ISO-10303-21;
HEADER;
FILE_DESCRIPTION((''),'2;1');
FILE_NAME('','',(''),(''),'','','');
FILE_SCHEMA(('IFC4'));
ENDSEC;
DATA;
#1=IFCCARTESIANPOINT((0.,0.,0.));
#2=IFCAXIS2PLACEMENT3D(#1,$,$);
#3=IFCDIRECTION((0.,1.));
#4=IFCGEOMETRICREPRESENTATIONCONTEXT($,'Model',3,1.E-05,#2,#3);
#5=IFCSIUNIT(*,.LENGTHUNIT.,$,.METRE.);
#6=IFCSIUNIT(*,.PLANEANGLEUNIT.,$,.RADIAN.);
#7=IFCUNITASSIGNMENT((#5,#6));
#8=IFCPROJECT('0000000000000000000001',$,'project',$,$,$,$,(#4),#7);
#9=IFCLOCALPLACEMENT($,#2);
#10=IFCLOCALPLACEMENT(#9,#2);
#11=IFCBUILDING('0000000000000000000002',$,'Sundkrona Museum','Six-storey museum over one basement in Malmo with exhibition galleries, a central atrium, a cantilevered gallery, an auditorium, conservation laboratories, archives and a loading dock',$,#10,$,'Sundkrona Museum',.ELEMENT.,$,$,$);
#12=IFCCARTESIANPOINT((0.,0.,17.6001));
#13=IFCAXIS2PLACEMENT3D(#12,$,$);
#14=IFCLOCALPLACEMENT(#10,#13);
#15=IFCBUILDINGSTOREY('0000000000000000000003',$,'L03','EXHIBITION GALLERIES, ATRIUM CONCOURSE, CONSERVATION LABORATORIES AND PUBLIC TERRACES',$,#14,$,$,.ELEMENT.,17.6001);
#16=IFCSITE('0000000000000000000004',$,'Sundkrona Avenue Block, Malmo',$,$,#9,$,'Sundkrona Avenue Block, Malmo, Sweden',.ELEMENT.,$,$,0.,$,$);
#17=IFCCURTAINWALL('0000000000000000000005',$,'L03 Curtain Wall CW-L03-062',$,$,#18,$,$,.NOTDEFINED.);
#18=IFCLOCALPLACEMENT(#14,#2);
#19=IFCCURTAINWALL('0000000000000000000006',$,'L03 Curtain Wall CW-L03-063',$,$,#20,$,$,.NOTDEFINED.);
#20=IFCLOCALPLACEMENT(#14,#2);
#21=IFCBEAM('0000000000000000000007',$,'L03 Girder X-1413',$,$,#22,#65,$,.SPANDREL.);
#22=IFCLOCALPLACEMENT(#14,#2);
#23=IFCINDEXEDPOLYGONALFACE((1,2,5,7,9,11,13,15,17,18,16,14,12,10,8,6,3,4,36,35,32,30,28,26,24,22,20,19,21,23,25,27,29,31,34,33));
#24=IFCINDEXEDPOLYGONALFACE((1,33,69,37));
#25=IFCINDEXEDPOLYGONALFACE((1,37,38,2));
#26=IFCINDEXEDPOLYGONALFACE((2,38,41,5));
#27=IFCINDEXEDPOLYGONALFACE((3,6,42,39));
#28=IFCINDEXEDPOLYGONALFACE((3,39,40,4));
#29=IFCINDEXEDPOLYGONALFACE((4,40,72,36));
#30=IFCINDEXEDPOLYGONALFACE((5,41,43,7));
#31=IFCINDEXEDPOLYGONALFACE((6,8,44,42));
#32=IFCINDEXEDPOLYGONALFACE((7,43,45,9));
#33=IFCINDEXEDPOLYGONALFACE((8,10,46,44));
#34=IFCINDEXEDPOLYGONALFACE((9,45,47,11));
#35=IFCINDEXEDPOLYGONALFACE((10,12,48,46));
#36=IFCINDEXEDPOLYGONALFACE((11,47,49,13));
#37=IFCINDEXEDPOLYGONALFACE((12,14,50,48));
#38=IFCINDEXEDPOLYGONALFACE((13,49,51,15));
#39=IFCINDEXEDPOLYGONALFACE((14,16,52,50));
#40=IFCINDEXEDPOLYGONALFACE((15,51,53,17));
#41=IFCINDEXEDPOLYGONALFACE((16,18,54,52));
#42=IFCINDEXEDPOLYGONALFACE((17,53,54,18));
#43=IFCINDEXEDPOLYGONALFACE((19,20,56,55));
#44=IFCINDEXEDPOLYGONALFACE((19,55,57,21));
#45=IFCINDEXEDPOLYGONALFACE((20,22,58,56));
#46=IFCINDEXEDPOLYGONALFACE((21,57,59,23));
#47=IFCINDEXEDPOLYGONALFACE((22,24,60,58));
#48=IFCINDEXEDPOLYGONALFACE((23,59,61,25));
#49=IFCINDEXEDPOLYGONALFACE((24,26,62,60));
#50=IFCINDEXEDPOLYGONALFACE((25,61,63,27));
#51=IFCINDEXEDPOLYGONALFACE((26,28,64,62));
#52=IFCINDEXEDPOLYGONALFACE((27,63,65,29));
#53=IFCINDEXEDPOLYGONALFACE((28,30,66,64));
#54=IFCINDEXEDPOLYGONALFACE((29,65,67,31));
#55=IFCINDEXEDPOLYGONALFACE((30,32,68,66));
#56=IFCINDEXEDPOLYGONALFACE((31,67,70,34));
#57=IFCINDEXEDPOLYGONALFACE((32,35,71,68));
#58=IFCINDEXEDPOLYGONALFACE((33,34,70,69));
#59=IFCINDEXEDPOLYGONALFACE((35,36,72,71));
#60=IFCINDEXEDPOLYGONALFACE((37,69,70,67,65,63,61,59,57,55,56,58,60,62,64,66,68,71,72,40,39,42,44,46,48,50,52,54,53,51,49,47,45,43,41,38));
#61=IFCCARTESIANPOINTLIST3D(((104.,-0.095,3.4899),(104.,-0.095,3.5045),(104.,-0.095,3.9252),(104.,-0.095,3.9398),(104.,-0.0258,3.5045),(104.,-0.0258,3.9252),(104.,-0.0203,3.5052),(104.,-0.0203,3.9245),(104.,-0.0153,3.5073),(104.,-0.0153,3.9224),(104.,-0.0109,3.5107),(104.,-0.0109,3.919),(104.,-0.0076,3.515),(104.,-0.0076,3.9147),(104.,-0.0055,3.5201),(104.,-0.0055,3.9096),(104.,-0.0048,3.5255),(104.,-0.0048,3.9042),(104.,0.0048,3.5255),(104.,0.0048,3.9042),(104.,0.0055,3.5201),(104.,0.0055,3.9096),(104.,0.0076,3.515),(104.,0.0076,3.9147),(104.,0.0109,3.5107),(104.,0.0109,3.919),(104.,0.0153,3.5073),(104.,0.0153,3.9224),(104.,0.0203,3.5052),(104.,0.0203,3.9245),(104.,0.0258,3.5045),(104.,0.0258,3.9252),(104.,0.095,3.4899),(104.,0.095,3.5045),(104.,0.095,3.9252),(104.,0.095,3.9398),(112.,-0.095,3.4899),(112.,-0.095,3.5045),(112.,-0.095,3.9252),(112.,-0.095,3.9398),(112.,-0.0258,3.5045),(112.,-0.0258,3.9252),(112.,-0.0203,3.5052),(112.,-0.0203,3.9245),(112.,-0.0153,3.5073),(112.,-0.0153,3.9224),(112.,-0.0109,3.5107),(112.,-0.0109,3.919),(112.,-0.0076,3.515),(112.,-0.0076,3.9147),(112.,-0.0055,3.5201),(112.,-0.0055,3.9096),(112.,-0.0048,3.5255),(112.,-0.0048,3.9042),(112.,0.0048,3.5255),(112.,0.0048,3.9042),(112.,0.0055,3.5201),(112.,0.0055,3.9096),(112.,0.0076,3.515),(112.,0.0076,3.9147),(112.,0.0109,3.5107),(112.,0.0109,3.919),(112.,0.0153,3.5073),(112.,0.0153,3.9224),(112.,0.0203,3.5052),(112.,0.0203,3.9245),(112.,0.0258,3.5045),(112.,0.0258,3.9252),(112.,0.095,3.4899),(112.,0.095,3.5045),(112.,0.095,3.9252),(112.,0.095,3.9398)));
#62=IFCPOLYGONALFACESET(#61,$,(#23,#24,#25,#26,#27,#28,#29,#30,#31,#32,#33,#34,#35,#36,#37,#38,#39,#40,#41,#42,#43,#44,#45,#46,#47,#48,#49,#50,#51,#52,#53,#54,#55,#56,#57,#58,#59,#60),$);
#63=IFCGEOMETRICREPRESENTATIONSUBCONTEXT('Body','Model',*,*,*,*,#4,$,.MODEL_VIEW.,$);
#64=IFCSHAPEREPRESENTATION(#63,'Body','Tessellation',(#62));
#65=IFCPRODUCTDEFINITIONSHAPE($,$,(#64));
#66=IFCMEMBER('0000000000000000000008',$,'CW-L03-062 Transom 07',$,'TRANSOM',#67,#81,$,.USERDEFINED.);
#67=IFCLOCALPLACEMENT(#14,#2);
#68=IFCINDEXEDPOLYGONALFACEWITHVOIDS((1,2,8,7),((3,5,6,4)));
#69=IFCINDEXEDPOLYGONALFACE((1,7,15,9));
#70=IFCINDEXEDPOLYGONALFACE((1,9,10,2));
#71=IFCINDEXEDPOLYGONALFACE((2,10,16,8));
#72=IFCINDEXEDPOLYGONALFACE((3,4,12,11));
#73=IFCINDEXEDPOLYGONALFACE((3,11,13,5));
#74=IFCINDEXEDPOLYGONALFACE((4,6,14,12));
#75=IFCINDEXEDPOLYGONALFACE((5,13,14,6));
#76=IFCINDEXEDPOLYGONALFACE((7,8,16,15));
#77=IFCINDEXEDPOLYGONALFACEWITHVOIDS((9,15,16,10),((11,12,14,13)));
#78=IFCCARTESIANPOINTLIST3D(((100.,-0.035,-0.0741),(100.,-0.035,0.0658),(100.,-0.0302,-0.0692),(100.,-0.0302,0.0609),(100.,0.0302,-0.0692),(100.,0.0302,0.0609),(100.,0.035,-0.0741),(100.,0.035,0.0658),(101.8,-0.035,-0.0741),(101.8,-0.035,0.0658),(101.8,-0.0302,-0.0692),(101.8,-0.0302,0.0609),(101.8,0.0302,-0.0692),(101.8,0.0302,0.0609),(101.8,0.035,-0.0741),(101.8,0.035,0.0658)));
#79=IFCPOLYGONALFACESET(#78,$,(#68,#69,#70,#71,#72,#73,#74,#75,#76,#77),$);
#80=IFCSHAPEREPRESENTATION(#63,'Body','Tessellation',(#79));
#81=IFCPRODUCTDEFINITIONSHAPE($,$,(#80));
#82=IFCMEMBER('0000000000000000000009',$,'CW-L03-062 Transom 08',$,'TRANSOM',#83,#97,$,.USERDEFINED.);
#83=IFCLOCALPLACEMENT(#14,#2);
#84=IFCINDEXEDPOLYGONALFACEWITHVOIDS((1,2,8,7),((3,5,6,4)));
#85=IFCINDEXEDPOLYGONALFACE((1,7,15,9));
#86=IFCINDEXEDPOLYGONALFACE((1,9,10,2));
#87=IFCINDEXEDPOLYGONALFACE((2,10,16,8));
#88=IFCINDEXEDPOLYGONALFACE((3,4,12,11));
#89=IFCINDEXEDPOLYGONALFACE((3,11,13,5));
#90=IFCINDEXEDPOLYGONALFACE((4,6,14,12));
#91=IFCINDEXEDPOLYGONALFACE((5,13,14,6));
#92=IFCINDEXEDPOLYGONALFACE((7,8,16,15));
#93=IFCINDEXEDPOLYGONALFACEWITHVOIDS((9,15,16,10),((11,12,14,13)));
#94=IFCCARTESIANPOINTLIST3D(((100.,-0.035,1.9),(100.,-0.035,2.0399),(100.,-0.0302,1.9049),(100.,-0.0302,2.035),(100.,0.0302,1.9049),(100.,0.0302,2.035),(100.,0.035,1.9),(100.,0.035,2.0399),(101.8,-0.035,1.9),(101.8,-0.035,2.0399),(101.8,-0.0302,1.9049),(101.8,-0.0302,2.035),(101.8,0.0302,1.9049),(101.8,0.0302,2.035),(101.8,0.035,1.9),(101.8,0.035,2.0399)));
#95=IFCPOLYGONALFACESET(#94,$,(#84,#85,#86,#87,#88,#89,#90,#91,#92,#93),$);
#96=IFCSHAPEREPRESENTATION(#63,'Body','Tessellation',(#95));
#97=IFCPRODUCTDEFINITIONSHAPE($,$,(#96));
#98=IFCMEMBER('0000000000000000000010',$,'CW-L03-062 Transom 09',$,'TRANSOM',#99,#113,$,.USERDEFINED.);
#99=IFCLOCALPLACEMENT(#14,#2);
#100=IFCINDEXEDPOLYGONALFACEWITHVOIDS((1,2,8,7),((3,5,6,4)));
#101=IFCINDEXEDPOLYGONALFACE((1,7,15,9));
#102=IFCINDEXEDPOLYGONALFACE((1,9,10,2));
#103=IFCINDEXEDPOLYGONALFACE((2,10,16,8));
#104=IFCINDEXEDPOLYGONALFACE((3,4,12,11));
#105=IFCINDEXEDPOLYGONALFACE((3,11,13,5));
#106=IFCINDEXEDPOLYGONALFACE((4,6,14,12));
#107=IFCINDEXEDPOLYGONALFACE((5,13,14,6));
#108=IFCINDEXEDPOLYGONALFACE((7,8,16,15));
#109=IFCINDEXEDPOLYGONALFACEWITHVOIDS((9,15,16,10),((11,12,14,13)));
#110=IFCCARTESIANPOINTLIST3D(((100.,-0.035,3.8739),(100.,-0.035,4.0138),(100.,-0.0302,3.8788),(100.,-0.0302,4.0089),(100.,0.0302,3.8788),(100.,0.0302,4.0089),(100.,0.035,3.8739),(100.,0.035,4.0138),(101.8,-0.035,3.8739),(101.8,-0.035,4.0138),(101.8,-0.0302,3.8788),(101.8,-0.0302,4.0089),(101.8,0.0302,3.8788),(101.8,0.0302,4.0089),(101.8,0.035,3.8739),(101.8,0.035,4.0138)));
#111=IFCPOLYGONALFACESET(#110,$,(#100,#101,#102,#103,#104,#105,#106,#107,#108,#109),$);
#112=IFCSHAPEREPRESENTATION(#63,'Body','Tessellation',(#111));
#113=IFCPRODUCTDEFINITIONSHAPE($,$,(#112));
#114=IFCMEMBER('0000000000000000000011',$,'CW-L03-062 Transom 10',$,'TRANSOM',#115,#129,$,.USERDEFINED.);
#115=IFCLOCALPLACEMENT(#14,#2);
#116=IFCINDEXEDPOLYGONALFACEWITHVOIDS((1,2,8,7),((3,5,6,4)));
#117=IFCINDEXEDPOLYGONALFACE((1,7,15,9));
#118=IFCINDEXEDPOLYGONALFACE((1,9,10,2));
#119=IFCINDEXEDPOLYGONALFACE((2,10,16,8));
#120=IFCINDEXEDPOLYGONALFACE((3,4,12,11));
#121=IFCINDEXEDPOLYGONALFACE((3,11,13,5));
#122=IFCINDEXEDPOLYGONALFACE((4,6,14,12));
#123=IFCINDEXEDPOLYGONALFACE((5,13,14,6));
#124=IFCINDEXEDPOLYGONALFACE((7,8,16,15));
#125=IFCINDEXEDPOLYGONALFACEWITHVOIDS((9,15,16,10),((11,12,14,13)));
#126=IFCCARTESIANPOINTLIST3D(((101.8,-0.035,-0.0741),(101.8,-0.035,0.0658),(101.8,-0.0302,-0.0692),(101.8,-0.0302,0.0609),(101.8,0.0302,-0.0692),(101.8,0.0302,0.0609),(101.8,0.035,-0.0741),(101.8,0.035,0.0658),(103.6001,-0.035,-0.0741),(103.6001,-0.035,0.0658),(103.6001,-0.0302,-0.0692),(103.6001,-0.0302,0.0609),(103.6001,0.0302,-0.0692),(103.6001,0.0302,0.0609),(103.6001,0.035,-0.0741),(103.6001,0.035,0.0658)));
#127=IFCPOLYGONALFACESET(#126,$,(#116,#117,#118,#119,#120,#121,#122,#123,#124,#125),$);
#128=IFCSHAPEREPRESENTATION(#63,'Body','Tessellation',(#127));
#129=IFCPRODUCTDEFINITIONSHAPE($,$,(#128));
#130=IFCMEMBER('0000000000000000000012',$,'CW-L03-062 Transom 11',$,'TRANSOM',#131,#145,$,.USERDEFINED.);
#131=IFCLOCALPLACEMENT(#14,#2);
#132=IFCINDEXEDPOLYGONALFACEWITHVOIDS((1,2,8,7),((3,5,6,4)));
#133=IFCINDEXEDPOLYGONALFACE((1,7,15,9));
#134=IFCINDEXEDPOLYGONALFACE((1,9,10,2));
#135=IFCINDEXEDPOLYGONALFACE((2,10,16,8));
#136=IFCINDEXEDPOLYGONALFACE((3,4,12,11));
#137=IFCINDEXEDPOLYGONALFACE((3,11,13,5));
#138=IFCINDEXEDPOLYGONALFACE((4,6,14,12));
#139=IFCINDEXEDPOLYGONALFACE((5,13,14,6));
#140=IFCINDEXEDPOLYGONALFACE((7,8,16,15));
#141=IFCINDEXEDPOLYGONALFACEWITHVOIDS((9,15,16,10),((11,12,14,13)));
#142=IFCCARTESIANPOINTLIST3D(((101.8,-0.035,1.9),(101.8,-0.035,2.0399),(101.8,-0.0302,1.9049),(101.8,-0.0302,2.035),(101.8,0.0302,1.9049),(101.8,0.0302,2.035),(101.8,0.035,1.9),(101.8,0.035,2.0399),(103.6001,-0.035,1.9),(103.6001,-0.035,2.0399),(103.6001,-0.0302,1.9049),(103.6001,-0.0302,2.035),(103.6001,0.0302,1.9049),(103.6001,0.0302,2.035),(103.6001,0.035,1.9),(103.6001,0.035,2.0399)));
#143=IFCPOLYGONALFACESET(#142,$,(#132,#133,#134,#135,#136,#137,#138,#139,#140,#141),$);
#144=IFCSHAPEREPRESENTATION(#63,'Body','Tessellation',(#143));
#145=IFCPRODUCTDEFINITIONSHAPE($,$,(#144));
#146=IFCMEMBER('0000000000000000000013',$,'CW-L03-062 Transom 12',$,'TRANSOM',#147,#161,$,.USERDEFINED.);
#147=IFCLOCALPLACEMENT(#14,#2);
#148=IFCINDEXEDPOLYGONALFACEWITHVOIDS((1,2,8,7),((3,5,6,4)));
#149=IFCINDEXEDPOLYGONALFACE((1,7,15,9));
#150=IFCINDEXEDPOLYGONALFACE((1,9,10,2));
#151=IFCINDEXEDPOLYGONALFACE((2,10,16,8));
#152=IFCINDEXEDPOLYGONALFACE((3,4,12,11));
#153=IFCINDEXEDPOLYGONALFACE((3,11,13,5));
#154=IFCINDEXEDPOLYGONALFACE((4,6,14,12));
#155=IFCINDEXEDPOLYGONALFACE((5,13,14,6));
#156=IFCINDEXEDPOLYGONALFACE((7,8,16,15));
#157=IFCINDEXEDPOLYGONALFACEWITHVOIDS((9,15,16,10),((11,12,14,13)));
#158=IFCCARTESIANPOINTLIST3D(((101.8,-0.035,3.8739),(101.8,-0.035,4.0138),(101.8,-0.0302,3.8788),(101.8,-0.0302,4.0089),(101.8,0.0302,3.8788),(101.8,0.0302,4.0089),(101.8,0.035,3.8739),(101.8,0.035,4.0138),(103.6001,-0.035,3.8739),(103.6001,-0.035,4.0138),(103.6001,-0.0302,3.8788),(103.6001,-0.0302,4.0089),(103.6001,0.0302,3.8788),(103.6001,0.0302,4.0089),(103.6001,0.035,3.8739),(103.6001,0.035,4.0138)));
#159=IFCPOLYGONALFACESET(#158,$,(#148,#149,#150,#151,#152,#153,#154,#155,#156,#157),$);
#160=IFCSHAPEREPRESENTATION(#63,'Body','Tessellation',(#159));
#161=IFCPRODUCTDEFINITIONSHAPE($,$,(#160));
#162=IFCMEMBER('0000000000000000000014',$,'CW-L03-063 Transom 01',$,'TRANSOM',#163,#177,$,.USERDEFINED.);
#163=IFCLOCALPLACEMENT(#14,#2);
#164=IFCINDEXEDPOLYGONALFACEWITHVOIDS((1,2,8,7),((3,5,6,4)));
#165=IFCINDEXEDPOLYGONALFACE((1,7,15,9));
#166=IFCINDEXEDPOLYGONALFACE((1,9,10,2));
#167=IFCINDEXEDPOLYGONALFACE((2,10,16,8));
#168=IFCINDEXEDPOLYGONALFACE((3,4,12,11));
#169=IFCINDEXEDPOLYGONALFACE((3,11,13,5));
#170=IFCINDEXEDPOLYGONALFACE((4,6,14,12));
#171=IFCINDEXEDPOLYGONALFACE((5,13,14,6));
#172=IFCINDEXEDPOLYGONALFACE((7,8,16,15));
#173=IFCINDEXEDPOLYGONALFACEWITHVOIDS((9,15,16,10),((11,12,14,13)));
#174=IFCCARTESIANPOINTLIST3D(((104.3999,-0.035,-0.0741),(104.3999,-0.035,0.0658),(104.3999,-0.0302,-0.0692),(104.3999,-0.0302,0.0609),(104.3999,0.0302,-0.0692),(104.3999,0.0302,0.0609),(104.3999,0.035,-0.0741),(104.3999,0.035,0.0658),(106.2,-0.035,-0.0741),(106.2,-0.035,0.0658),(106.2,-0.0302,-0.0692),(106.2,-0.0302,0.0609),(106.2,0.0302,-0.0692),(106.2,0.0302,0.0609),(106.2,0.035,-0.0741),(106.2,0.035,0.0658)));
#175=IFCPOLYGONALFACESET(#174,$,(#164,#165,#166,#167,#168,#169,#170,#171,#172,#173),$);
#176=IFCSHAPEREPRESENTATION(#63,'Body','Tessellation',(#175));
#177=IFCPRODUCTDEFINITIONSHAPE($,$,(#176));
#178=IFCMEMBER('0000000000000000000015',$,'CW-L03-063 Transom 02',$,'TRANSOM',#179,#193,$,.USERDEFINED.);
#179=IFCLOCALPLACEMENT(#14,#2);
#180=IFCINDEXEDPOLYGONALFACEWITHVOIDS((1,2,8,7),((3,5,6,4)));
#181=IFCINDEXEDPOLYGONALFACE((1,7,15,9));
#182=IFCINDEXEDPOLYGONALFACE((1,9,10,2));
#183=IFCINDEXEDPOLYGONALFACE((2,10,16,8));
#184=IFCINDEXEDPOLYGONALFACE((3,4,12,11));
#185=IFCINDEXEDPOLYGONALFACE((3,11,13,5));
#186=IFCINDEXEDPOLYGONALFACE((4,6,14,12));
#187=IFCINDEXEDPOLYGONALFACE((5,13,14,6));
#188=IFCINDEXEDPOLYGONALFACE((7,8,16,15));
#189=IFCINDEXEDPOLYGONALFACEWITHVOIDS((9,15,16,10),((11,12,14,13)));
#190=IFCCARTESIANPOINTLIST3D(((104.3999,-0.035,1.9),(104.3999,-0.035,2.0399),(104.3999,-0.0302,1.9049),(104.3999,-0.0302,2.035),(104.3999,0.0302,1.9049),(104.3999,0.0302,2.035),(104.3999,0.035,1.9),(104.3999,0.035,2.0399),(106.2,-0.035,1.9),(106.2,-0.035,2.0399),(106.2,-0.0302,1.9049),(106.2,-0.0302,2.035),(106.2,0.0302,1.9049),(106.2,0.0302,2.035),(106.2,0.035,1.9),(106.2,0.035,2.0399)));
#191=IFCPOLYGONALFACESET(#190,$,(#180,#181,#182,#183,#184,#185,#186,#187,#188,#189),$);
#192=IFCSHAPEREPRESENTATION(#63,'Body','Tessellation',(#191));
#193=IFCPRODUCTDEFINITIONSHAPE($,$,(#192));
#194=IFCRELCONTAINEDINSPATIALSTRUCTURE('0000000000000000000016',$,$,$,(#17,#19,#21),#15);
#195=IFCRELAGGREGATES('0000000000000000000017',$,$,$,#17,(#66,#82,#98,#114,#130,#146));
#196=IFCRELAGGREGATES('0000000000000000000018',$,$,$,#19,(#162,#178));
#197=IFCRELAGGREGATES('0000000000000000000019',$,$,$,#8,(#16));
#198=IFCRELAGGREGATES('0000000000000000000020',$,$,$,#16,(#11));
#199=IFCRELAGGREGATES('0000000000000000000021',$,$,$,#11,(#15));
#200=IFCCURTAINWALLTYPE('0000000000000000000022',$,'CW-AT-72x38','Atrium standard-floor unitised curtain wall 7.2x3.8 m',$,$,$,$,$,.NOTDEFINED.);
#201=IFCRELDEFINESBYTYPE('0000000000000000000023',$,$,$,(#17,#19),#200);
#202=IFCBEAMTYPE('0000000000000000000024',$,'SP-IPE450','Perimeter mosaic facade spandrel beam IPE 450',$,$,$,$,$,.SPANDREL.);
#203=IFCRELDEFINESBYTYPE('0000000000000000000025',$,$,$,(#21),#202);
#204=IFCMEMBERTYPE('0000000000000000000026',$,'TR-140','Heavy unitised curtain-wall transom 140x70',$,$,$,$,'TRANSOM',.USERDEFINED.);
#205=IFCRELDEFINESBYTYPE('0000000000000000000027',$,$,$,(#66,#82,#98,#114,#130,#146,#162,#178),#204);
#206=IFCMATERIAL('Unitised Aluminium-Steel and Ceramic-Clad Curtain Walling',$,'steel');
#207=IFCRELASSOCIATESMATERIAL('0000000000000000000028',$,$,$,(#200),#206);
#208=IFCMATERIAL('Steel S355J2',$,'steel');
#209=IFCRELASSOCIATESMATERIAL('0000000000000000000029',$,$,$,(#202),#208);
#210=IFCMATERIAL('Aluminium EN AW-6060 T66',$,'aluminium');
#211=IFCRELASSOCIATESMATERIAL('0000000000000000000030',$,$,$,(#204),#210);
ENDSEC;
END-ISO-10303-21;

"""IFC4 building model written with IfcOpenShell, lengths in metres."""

from ifc_helpers import new_model, si_unit, direction, frame, origin, origin_2d, place, context, subcontext, project, spatial, hollow_rectangle, i_section, extrude, material, material_profile, profile_set, type_object, element, aggregate, save


model = new_model("IFC4")

# Units and contexts
model_context = context("Model", 3, precision=1e-05, world=origin(), true_north=direction((0.0, 1.0)))
body_context = subcontext(model_context, "Body", "Model", "MODEL_VIEW")
ifc_project = project(units=[si_unit("LENGTHUNIT", "METRE"), si_unit("PLANEANGLEUNIT", "RADIAN")], contexts=[model_context])

# Site, building, storey
site_placement = place(None, origin())
site = spatial("IfcSite", under=ifc_project, at=site_placement, Name="Sundkrona Avenue Block, Malmo", LongName="Sundkrona Avenue Block, Malmo, Sweden", CompositionType="ELEMENT", RefElevation=0.0)
building_placement = place(site_placement, origin())
building = spatial("IfcBuilding", under=site, at=building_placement, Name="Sundkrona Museum", Description="Six-storey museum over one basement in Malmo with exhibition galleries, a central atrium, a cantilevered gallery, an auditorium, conservation laboratories, archives and a loading dock", LongName="Sundkrona Museum", CompositionType="ELEMENT")
storey_placement = place(building_placement, frame((0.0, 0.0, 17.6001)))
storey = spatial("IfcBuildingStorey", under=building, at=storey_placement, Name="L03", Description="EXHIBITION GALLERIES, ATRIUM CONCOURSE, CONSERVATION LABORATORIES AND PUBLIC TERRACES", CompositionType="ELEMENT", Elevation=17.6001)

# Shared definitions
ifc_material_1 = material(Name="Steel S355J2", Category="steel")

# Curtain walls
ifc_material_2 = material(Name="Unitised Aluminium-Steel and Ceramic-Clad Curtain Walling", Category="steel")
curtain_wall_type = type_object("IfcCurtainWallType", Name="CW-AT-72x38", Description="Atrium standard-floor unitised curtain wall 7.2x3.8 m", PredefinedType="NOTDEFINED", material=ifc_material_2)
curtain_wall_1_placement = place(storey_placement, origin())
curtain_wall_1 = element("IfcCurtainWall", 1, at=curtain_wall_1_placement, inside=storey, type_object=curtain_wall_type, Name="L03 Curtain Wall CW-L03-062", PredefinedType="NOTDEFINED")
ifc_material_3 = material(Name="Aluminium EN AW-6060 T66", Category="aluminium")
curtain_wall_2_placement = place(storey_placement, origin())
curtain_wall_2 = element("IfcCurtainWall", 2, at=curtain_wall_2_placement, inside=storey, type_object=curtain_wall_type, Name="L03 Curtain Wall CW-L03-063", PredefinedType="NOTDEFINED")

# Beam
ifc_material_profile_1 = material_profile(ifc_material_1, i_section(OverallWidth=0.1899, OverallDepth=0.45, WebThickness=0.0095, FlangeThickness=0.0146, FilletRadius=0.021, at=origin_2d()), Name="IPE 450")
ifc_profile_set_1 = profile_set([ifc_material_profile_1], Name="Steel S355J2")
beam_type_1 = type_object("IfcBeamType", Name="SP-IPE450", Description="Perimeter mosaic facade spandrel beam IPE 450", PredefinedType="SPANDREL", material=ifc_profile_set_1)
beam_1_placement = place(storey_placement, frame((104.0, 0.0, 3.7148), z_axis=(1.0, 0.0, 0.0), x_axis=(0.0, 1.0, 0.0)))
element("IfcBeam", 3, at=beam_1_placement, inside=storey, type_object=beam_type_1, Name="L03 Girder X-1413", PredefinedType="SPANDREL", context=body_context, shape_type="SweptSolid", body=[
    extrude(i_section(OverallWidth=0.1899, OverallDepth=0.45, WebThickness=0.0095, FlangeThickness=0.0146, FilletRadius=0.021, at=origin_2d()), origin(), (0.0, 0.0, 1.0), 8.0),
])

# Members
ifc_material_profile_2 = material_profile(ifc_material_3, hollow_rectangle(XDim=0.0701, YDim=0.1399, WallThickness=0.0049, at=origin_2d()), Name="RHS 140x70x5.0")
ifc_profile_set_2 = profile_set([ifc_material_profile_2], Name="Aluminium EN AW-6060 T66")
member_type_1 = type_object("IfcMemberType", Name="TR-140", Description="Heavy unitised curtain-wall transom 140x70", ElementType="TRANSOM", PredefinedType="USERDEFINED", material=ifc_profile_set_2)
member_1_placement = place(storey_placement, frame((100.0, 0.0, -0.0042), z_axis=(1.0, 0.0, 0.0), x_axis=(0.0, 1.0, 0.0)))
member_1 = element("IfcMember", 4, at=member_1_placement, type_object=member_type_1, Name="CW-L03-062 Transom 07", ObjectType="TRANSOM", PredefinedType="USERDEFINED", context=body_context, shape_type="SweptSolid", body=[
    extrude(hollow_rectangle(XDim=0.0701, YDim=0.1399, WallThickness=0.0049, at=origin_2d()), origin(), (0.0, 0.0, 1.0), 1.8),
])
member_2_placement = place(storey_placement, frame((100.0, 0.0, 1.97), z_axis=(1.0, 0.0, 0.0), x_axis=(0.0, 1.0, 0.0)))
member_2 = element("IfcMember", 5, at=member_2_placement, type_object=member_type_1, Name="CW-L03-062 Transom 08", ObjectType="TRANSOM", PredefinedType="USERDEFINED", context=body_context, shape_type="SweptSolid", body=[
    extrude(hollow_rectangle(XDim=0.0701, YDim=0.1399, WallThickness=0.0049, at=origin_2d()), origin(), (0.0, 0.0, 1.0), 1.8),
])
member_3_placement = place(storey_placement, frame((100.0, 0.0, 3.9438), z_axis=(1.0, 0.0, 0.0), x_axis=(0.0, 1.0, 0.0)))
member_3 = element("IfcMember", 6, at=member_3_placement, type_object=member_type_1, Name="CW-L03-062 Transom 09", ObjectType="TRANSOM", PredefinedType="USERDEFINED", context=body_context, shape_type="SweptSolid", body=[
    extrude(hollow_rectangle(XDim=0.0701, YDim=0.1399, WallThickness=0.0049, at=origin_2d()), origin(), (0.0, 0.0, 1.0), 1.8),
])
member_4_placement = place(storey_placement, frame((101.8, 0.0, -0.0042), z_axis=(1.0, 0.0, 0.0), x_axis=(0.0, 1.0, 0.0)))
member_4 = element("IfcMember", 7, at=member_4_placement, type_object=member_type_1, Name="CW-L03-062 Transom 10", ObjectType="TRANSOM", PredefinedType="USERDEFINED", context=body_context, shape_type="SweptSolid", body=[
    extrude(hollow_rectangle(XDim=0.0701, YDim=0.1399, WallThickness=0.0049, at=origin_2d()), origin(), (0.0, 0.0, 1.0), 1.8),
])
member_5_placement = place(storey_placement, frame((101.8, 0.0, 1.97), z_axis=(1.0, 0.0, 0.0), x_axis=(0.0, 1.0, 0.0)))
member_5 = element("IfcMember", 8, at=member_5_placement, type_object=member_type_1, Name="CW-L03-062 Transom 11", ObjectType="TRANSOM", PredefinedType="USERDEFINED", context=body_context, shape_type="SweptSolid", body=[
    extrude(hollow_rectangle(XDim=0.0701, YDim=0.1399, WallThickness=0.0049, at=origin_2d()), origin(), (0.0, 0.0, 1.0), 1.8),
])
member_6_placement = place(storey_placement, frame((101.8, 0.0, 3.9438), z_axis=(1.0, 0.0, 0.0), x_axis=(0.0, 1.0, 0.0)))
member_6 = element("IfcMember", 9, at=member_6_placement, type_object=member_type_1, Name="CW-L03-062 Transom 12", ObjectType="TRANSOM", PredefinedType="USERDEFINED", context=body_context, shape_type="SweptSolid", body=[
    extrude(hollow_rectangle(XDim=0.0701, YDim=0.1399, WallThickness=0.0049, at=origin_2d()), origin(), (0.0, 0.0, 1.0), 1.8),
])
member_7_placement = place(storey_placement, frame((104.3999, 0.0, -0.0042), z_axis=(1.0, 0.0, 0.0), x_axis=(0.0, 1.0, 0.0)))
member_7 = element("IfcMember", 10, at=member_7_placement, type_object=member_type_1, Name="CW-L03-063 Transom 01", ObjectType="TRANSOM", PredefinedType="USERDEFINED", context=body_context, shape_type="SweptSolid", body=[
    extrude(hollow_rectangle(XDim=0.0701, YDim=0.1399, WallThickness=0.0049, at=origin_2d()), origin(), (0.0, 0.0, 1.0), 1.8),
])
member_8_placement = place(storey_placement, frame((104.3999, 0.0, 1.97), z_axis=(1.0, 0.0, 0.0), x_axis=(0.0, 1.0, 0.0)))
member_8 = element("IfcMember", 11, at=member_8_placement, type_object=member_type_1, Name="CW-L03-063 Transom 02", ObjectType="TRANSOM", PredefinedType="USERDEFINED", context=body_context, shape_type="SweptSolid", body=[
    extrude(hollow_rectangle(XDim=0.0701, YDim=0.1399, WallThickness=0.0049, at=origin_2d()), origin(), (0.0, 0.0, 1.0), 1.8),
])

aggregate(curtain_wall_1, [member_1, member_2, member_3, member_4, member_5, member_6])
aggregate(curtain_wall_2, [member_7, member_8])

save(model, "model.ifc")
